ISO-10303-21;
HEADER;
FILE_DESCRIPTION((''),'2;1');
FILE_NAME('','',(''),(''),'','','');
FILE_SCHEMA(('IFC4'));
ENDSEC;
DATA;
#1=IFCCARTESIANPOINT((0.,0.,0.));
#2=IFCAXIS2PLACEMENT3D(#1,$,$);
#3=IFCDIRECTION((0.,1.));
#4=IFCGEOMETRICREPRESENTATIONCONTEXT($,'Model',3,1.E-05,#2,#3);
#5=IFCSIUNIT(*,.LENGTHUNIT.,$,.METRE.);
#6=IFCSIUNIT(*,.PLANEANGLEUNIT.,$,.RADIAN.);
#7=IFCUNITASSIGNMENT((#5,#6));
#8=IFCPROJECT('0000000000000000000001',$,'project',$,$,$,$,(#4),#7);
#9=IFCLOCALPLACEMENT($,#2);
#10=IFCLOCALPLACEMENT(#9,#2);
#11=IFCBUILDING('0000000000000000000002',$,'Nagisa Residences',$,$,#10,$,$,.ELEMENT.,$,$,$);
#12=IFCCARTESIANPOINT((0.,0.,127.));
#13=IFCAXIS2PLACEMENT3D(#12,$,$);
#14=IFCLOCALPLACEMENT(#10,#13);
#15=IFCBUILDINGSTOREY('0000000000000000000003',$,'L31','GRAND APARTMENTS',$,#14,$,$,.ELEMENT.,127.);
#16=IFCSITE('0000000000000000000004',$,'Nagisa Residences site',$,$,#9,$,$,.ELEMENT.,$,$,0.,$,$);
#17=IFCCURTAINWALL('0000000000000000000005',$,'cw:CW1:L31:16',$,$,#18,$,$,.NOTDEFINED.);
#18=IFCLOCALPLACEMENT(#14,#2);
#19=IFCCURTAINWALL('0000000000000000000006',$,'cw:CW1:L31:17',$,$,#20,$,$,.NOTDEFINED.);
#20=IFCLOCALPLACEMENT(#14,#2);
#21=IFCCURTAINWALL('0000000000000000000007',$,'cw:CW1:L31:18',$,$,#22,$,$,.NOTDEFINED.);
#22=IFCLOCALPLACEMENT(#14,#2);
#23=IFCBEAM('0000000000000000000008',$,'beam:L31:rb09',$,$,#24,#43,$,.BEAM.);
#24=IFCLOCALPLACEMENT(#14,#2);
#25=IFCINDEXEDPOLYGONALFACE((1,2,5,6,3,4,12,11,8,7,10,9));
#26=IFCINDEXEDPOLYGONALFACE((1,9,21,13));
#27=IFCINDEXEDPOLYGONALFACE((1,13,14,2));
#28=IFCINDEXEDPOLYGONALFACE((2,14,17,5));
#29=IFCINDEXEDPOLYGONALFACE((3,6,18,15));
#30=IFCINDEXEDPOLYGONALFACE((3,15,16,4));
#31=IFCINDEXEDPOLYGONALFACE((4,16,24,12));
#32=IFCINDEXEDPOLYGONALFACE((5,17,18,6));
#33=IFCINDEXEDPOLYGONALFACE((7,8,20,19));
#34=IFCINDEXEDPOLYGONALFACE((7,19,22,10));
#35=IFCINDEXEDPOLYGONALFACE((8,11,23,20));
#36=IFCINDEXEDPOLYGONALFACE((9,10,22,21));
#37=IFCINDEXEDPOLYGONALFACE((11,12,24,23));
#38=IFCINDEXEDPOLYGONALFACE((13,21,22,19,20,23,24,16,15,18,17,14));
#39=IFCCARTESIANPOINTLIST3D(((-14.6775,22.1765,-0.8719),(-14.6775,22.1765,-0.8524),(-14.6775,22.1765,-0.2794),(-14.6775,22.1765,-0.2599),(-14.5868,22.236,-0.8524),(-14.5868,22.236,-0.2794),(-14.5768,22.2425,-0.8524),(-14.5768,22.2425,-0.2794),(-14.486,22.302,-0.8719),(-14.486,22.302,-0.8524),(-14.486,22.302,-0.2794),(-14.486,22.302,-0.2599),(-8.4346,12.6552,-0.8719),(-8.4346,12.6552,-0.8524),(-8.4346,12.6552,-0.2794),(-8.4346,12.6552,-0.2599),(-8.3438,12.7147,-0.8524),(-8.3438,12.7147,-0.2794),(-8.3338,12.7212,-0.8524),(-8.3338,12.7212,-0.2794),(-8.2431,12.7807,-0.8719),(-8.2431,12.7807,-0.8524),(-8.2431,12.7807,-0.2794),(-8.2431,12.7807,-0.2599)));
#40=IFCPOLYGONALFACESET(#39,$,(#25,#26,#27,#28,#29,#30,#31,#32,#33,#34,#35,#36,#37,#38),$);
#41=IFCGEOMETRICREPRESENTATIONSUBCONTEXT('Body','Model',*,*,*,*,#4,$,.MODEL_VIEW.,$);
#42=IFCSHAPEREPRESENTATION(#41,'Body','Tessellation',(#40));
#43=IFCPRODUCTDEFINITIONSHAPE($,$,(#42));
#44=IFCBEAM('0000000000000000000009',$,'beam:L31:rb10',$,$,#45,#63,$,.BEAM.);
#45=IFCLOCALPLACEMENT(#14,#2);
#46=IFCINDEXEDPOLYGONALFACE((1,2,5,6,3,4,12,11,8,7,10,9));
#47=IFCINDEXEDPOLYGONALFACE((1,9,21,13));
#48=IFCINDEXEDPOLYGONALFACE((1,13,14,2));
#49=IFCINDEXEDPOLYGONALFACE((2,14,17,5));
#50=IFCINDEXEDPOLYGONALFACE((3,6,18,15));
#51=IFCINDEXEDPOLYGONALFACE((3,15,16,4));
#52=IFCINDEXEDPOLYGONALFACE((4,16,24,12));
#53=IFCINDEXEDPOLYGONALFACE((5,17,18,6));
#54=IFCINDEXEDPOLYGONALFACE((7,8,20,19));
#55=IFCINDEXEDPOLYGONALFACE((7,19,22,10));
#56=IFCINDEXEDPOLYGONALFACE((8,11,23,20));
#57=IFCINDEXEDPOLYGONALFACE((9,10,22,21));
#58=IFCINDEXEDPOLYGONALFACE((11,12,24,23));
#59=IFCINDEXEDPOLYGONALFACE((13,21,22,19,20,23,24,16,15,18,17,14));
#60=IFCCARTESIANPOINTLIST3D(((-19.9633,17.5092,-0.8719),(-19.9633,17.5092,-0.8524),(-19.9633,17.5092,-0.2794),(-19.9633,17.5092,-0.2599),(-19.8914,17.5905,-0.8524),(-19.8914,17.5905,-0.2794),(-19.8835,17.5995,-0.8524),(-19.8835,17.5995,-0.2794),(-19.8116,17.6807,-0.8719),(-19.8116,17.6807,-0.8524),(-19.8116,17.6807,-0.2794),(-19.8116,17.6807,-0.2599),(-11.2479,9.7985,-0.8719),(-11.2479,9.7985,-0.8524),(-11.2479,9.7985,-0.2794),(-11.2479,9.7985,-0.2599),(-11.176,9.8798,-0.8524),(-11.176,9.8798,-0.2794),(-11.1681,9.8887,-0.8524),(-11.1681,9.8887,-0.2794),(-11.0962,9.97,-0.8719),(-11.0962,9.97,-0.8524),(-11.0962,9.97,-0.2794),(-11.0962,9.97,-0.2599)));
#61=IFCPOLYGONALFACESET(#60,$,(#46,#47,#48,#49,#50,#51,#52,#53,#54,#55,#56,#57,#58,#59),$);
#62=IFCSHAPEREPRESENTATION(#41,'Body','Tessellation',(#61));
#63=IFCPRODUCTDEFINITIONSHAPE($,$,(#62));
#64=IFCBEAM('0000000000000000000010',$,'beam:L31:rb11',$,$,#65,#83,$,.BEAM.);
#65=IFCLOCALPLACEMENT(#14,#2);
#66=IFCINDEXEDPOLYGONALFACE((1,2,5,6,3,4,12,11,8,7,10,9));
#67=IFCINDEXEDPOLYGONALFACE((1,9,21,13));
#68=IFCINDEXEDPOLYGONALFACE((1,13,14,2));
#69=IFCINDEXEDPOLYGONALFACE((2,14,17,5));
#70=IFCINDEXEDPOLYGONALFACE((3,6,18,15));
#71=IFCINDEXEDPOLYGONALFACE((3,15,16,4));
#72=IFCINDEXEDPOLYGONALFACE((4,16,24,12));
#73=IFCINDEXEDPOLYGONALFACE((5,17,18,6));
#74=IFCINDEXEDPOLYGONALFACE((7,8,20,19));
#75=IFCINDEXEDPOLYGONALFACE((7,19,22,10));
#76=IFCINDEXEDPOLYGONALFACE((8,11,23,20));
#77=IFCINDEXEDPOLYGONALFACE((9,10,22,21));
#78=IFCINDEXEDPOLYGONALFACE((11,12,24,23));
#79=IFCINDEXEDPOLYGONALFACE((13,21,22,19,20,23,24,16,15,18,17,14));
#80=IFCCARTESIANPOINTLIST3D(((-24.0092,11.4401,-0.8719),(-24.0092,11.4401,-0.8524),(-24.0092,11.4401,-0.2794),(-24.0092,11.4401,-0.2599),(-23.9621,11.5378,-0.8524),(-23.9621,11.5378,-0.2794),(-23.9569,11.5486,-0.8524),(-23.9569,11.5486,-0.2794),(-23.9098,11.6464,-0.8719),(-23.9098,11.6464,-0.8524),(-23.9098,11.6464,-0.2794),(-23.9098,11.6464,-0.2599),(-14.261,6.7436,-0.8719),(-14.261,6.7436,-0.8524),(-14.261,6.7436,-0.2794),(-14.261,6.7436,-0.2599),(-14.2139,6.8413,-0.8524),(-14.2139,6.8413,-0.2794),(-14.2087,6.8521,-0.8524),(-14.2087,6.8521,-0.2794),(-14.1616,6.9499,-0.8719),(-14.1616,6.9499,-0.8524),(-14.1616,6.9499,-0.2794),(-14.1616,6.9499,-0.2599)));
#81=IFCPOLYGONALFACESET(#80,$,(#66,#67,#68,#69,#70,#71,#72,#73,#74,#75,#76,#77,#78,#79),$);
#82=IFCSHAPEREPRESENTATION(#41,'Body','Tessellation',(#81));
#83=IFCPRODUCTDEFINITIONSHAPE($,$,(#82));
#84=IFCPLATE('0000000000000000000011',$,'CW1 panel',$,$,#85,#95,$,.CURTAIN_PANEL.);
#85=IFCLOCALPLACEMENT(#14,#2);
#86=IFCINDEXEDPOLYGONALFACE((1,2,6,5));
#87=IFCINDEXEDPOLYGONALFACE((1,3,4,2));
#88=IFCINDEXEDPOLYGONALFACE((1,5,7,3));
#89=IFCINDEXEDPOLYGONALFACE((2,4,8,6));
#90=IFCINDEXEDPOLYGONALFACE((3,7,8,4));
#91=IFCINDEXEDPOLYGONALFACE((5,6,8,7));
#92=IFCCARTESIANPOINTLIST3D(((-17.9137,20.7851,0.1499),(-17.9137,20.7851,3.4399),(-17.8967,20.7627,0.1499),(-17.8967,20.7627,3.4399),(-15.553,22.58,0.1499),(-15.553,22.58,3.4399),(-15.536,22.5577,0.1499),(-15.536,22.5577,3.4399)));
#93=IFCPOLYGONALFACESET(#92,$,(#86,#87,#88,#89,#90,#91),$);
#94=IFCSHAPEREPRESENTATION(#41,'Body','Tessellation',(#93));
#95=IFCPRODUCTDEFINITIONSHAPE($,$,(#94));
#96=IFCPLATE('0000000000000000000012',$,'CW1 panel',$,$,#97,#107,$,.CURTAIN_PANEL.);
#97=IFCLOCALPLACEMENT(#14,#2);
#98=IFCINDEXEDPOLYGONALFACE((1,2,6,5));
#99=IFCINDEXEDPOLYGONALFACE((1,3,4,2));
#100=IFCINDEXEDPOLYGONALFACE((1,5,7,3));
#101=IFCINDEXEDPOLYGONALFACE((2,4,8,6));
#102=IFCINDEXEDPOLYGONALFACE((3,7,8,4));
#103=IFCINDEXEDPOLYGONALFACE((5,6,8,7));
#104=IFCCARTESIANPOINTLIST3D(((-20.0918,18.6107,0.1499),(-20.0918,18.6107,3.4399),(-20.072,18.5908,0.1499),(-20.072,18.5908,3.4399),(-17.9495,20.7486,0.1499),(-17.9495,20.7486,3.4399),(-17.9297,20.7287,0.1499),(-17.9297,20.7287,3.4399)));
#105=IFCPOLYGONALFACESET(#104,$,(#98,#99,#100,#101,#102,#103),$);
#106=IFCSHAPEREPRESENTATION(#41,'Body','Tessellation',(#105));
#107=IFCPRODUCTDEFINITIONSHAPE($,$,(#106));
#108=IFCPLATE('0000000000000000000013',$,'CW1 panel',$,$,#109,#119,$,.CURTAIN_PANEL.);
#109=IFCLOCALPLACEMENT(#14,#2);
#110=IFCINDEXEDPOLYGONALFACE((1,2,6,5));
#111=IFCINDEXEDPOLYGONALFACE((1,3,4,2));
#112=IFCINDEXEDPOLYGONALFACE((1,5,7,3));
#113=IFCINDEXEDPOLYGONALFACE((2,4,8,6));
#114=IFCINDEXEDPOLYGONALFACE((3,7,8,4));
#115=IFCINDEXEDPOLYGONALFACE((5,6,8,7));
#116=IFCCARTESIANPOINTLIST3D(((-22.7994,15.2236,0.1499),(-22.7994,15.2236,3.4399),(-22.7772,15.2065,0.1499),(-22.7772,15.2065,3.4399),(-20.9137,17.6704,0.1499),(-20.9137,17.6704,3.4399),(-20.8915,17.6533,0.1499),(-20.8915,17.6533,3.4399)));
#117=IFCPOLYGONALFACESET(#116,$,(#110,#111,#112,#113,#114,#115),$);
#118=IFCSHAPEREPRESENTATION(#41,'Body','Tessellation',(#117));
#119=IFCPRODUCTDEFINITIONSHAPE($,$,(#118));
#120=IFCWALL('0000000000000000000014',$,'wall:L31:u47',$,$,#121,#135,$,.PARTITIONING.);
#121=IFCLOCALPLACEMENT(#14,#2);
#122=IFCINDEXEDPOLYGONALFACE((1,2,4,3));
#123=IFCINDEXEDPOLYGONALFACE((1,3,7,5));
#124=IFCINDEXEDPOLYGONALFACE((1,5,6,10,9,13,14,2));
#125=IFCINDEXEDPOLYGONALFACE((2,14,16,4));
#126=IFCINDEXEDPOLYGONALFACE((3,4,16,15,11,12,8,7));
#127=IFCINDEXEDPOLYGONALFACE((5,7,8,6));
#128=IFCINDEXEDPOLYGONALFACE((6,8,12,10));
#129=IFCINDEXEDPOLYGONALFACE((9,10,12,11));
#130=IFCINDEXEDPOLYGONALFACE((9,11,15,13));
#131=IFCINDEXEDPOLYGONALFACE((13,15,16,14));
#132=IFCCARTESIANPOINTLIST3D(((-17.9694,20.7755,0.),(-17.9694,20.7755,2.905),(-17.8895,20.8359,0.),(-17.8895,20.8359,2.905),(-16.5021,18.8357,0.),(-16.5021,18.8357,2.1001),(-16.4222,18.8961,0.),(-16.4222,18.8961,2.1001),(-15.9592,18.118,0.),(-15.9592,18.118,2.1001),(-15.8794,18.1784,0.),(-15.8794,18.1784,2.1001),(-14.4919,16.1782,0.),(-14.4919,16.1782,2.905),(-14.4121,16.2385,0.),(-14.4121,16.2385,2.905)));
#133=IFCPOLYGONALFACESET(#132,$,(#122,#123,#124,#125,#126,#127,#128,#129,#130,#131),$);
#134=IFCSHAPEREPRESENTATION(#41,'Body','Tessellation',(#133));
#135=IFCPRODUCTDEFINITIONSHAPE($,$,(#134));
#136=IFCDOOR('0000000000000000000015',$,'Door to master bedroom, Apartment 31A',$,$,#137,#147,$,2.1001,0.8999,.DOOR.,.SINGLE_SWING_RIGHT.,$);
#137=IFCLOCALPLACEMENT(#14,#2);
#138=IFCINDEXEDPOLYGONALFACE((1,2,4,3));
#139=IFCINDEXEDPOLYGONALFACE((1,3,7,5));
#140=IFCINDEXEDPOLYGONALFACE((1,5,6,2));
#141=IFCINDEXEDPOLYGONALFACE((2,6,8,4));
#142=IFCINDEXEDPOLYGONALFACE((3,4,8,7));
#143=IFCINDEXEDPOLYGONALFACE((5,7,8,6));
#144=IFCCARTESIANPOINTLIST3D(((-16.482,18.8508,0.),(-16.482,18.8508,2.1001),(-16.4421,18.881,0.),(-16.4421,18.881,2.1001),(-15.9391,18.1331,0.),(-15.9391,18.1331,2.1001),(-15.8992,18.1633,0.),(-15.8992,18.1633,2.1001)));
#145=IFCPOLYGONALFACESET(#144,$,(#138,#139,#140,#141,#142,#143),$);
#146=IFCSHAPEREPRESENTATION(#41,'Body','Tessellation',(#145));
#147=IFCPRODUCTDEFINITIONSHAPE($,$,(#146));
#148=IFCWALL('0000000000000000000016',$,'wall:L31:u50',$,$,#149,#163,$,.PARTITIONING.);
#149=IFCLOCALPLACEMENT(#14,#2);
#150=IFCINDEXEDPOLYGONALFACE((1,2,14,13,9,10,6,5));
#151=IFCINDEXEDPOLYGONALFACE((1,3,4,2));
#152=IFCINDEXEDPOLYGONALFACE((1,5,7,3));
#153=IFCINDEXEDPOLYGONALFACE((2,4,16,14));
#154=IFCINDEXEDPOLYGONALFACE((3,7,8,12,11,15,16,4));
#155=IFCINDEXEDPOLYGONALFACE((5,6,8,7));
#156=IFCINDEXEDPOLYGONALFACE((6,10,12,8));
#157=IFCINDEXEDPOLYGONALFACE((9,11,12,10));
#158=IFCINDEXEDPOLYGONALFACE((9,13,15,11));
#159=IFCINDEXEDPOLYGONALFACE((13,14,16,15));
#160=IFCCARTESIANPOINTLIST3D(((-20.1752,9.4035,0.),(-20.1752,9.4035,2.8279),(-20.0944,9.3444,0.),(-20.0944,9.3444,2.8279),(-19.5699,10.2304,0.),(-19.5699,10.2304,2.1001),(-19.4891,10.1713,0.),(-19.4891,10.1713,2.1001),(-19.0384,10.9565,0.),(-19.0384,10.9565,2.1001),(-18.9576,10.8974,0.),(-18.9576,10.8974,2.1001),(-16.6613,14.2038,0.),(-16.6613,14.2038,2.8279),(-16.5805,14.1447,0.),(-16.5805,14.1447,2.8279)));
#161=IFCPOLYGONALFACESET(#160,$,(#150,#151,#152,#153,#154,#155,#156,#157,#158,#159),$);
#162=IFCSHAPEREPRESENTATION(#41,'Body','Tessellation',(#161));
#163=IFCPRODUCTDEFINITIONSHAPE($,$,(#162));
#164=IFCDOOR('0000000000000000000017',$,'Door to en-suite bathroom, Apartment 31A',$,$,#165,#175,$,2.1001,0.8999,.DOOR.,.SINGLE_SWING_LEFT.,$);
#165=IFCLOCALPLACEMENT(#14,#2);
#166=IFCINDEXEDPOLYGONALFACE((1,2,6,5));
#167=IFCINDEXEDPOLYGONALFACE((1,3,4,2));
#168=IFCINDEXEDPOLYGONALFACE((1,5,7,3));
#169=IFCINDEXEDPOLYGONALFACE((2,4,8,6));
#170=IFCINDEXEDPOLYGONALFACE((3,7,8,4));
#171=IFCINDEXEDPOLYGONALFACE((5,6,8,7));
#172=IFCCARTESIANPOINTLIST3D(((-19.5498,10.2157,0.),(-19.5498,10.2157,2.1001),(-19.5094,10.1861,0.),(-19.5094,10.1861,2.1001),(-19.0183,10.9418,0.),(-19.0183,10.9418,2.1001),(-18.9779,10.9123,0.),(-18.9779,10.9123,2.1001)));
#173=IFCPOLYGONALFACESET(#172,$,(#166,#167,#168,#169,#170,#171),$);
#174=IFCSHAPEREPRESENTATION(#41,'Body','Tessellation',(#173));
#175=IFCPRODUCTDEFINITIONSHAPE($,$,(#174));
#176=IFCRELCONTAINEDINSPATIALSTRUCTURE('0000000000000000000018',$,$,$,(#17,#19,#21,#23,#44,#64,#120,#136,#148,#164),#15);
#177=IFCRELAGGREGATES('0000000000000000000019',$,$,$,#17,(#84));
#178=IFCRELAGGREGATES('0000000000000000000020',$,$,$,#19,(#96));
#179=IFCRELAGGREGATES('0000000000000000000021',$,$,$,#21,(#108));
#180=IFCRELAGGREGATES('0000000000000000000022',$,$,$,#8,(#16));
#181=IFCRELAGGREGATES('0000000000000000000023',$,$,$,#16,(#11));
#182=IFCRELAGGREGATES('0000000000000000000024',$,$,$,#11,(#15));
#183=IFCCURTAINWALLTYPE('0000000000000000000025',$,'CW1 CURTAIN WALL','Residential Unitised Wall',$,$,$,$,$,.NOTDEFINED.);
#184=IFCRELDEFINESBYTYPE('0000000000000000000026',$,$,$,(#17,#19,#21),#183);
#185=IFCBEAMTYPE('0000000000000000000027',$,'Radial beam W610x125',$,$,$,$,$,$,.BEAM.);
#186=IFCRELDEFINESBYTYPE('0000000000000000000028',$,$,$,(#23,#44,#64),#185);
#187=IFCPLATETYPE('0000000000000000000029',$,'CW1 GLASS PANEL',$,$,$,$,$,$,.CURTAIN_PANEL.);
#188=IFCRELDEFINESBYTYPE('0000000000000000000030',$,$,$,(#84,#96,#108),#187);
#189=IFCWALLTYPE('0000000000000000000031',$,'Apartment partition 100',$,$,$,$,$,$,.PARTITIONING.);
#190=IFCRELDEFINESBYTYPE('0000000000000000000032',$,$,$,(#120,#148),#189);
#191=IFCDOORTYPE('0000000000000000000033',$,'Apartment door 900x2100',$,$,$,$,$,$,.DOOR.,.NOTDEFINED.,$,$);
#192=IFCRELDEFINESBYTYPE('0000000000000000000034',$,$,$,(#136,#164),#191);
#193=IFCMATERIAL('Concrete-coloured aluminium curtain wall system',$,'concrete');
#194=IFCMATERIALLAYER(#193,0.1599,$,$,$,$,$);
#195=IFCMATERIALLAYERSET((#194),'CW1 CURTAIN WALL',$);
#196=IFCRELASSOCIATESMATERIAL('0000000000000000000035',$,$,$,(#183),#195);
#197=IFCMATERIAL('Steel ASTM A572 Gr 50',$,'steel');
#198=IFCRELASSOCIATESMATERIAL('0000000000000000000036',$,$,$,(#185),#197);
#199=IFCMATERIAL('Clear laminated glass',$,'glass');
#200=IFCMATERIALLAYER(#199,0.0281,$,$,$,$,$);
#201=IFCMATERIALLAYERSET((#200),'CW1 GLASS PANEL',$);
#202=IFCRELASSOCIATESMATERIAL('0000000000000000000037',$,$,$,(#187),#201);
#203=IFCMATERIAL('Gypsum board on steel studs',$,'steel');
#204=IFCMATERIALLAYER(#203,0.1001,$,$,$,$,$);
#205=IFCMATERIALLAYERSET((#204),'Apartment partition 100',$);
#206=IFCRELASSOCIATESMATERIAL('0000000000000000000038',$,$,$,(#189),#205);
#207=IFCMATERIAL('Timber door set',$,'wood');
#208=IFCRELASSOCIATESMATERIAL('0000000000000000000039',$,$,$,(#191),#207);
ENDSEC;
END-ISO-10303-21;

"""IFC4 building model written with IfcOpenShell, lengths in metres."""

from ifc_helpers import new_model, si_unit, direction, frame, frame_2d, origin, origin_2d, place, context, subcontext, project, spatial, rectangle, i_section, extrude, material, layer, layer_set, material_profile, profile_set, type_object, element, fill, aggregate, save


model = new_model("IFC4")

# Units and contexts
model_context = context("Model", 3, precision=1e-05, world=origin(), true_north=direction((0.0, 1.0)))
body_context = subcontext(model_context, "Body", "Model", "MODEL_VIEW")
ifc_project = project(units=[si_unit("LENGTHUNIT", "METRE"), si_unit("PLANEANGLEUNIT", "RADIAN")], contexts=[model_context])

# Site, building, storey
site_placement = place(None, origin())
site = spatial("IfcSite", under=ifc_project, at=site_placement, Name="Nagisa Residences site", CompositionType="ELEMENT", RefElevation=0.0)
building_placement = place(site_placement, origin())
building = spatial("IfcBuilding", under=site, at=building_placement, Name="Nagisa Residences", CompositionType="ELEMENT")
storey_placement = place(building_placement, frame((0.0, 0.0, 127.0)))
storey = spatial("IfcBuildingStorey", under=building, at=storey_placement, Name="L31", Description="GRAND APARTMENTS", CompositionType="ELEMENT", Elevation=127.0)

# Curtain walls
ifc_material_1 = material(Name="Concrete-coloured aluminium curtain wall system", Category="concrete")
ifc_layer_1 = layer(ifc_material_1, 0.1599)
ifc_layer_set_1 = layer_set([ifc_layer_1], Name="CW1 CURTAIN WALL")
curtain_wall_type = type_object("IfcCurtainWallType", Name="CW1 CURTAIN WALL", Description="Residential Unitised Wall", PredefinedType="NOTDEFINED", material=ifc_layer_set_1)
curtain_wall_1_placement = place(storey_placement, origin())
curtain_wall_1 = element("IfcCurtainWall", 1, at=curtain_wall_1_placement, inside=storey, type_object=curtain_wall_type, Name="cw:CW1:L31:16", PredefinedType="NOTDEFINED")
curtain_wall_2_placement = place(storey_placement, origin())
curtain_wall_2 = element("IfcCurtainWall", 2, at=curtain_wall_2_placement, inside=storey, type_object=curtain_wall_type, Name="cw:CW1:L31:17", PredefinedType="NOTDEFINED")
curtain_wall_3_placement = place(storey_placement, origin())
curtain_wall_3 = element("IfcCurtainWall", 3, at=curtain_wall_3_placement, inside=storey, type_object=curtain_wall_type, Name="cw:CW1:L31:18", PredefinedType="NOTDEFINED")

# Beams
ifc_material_2 = material(Name="Steel ASTM A572 Gr 50", Category="steel")
ifc_material_profile_1 = material_profile(ifc_material_2, i_section(OverallWidth=0.229, OverallDepth=0.6121, WebThickness=0.012, FlangeThickness=0.0195, at=origin_2d()), Name="W610x125")
ifc_profile_set_1 = profile_set([ifc_material_profile_1], Name="Steel ASTM A572 Gr 50")
beam_type_1 = type_object("IfcBeamType", Name="Radial beam W610x125", PredefinedType="BEAM", material=ifc_profile_set_1)
beam_1_placement = place(storey_placement, frame((-14.5818, 22.2393, -0.5659), z_axis=(0.548325, -0.836265, 0.0), x_axis=(0.836265, 0.548325, 0.0)))
element("IfcBeam", 4, at=beam_1_placement, inside=storey, type_object=beam_type_1, Name="beam:L31:rb09", PredefinedType="BEAM", context=body_context, shape_type="SweptSolid", body=[
    extrude(i_section(OverallWidth=0.229, OverallDepth=0.6121, WebThickness=0.012, FlangeThickness=0.0195, at=origin_2d()), origin(), (0.0, 0.0, 1.0), 11.3855),
])
beam_2_placement = place(storey_placement, frame((-19.8875, 17.595, -0.5659), z_axis=(0.748955, -0.662621, 0.0), x_axis=(0.662621, 0.748955, 0.0)))
element("IfcBeam", 5, at=beam_2_placement, inside=storey, type_object=beam_type_1, Name="beam:L31:rb10", PredefinedType="BEAM", context=body_context, shape_type="SweptSolid", body=[
    extrude(i_section(OverallWidth=0.229, OverallDepth=0.6121, WebThickness=0.012, FlangeThickness=0.0195, at=origin_2d()), origin(), (0.0, 0.0, 1.0), 11.6367),
])
beam_3_placement = place(storey_placement, frame((-23.9595, 11.5432, -0.5659), z_axis=(0.900896, -0.434034, 0.0), x_axis=(0.434034, 0.900896, 0.0)))
element("IfcBeam", 6, at=beam_3_placement, inside=storey, type_object=beam_type_1, Name="beam:L31:rb11", PredefinedType="BEAM", context=body_context, shape_type="SweptSolid", body=[
    extrude(i_section(OverallWidth=0.229, OverallDepth=0.6121, WebThickness=0.012, FlangeThickness=0.0195, at=origin_2d()), origin(), (0.0, 0.0, 1.0), 10.8206),
])

# Plates
ifc_material_3 = material(Name="Clear laminated glass", Category="glass")
ifc_layer_2 = layer(ifc_material_3, 0.0281)
ifc_layer_set_2 = layer_set([ifc_layer_2], Name="CW1 GLASS PANEL")
plate_type = type_object("IfcPlateType", Name="CW1 GLASS PANEL", PredefinedType="CURTAIN_PANEL", material=ifc_layer_set_2)
plate_1_placement = place(storey_placement, frame((-16.7249, 21.6714, 0.1499), z_axis=(0.0, 0.0, 1.0), x_axis=(-0.796031, -0.605255, 0.0)))
plate_1 = element("IfcPlate", 7, at=plate_1_placement, type_object=plate_type, Name="CW1 panel", PredefinedType="CURTAIN_PANEL", context=body_context, shape_type="SweptSolid", body=[
    extrude(rectangle(XDim=2.9656, YDim=0.0281, at=origin_2d()), origin(), (0.0, 0.0, 1.0), 3.29),
])
aggregate(curtain_wall_1, [plate_1])
plate_2_placement = place(storey_placement, frame((-19.0107, 19.6697, 0.1499), z_axis=(0.0, 0.0, 1.0), x_axis=(-0.707836, -0.706377, 0.0)))
plate_2 = element("IfcPlate", 8, at=plate_2_placement, type_object=plate_type, Name="CW1 panel", PredefinedType="CURTAIN_PANEL", context=body_context, shape_type="SweptSolid", body=[
    extrude(rectangle(XDim=3.0266, YDim=0.0281, at=origin_2d()), origin(), (0.0, 0.0, 1.0), 3.29),
])
aggregate(curtain_wall_2, [plate_2])
plate_3_placement = place(storey_placement, frame((-21.8455, 16.4385, 0.1499), z_axis=(0.0, 0.0, 1.0), x_axis=(-0.61043, -0.79207, 0.0)))
plate_3 = element("IfcPlate", 9, at=plate_3_placement, type_object=plate_type, Name="CW1 panel", PredefinedType="CURTAIN_PANEL", context=body_context, shape_type="SweptSolid", body=[
    extrude(rectangle(XDim=3.0891, YDim=0.0281, at=origin_2d()), origin(), (0.0, 0.0, 1.0), 3.29),
])
aggregate(curtain_wall_3, [plate_3])

# Walls, openings, doors
ifc_material_4 = material(Name="Gypsum board on steel studs", Category="steel")
ifc_layer_3 = layer(ifc_material_4, 0.1001)
ifc_layer_set_3 = layer_set([ifc_layer_3], Name="Apartment partition 100")
wall_type_1 = type_object("IfcWallType", Name="Apartment partition 100", PredefinedType="PARTITIONING", material=ifc_layer_set_3)
wall_1_placement = place(storey_placement, frame((-14.4519, 16.2083, 0.0), z_axis=(0.0, 0.0, 1.0), x_axis=(-0.603268, 0.797539, 0.0)))
wall_1 = element("IfcWall", 10, at=wall_1_placement, inside=storey, type_object=wall_type_1, Name="wall:L31:u47", PredefinedType="PARTITIONING", context=body_context, shape_type="SweptSolid", body=[
    extrude(rectangle(XDim=5.7644, YDim=0.1001, at=frame_2d((2.8823, 0.0))), origin(), (0.0, 0.0, 1.0), 2.905),
])
opening_1_placement = place(wall_1_placement, frame((2.4324, 0.0, 0.0)))
opening_1 = element("IfcOpeningElement", 11, at=opening_1_placement, cuts=wall_1, PredefinedType="OPENING", context=body_context, shape_type="SweptSolid", body=[
    extrude(rectangle(XDim=0.8999, YDim=2.1001, at=frame_2d((0.45, 1.05))), frame((0.0, 0.0601, 0.0), z_axis=(0.0, -1.0, 0.0), x_axis=(1.0, 0.0, 0.0)), (0.0, 0.0, 1.0), 0.1201),
])
ifc_material_5 = material(Name="Timber door set", Category="wood")
door_type_1 = type_object("IfcDoorType", Name="Apartment door 900x2100", OperationType="NOTDEFINED", PredefinedType="DOOR", material=ifc_material_5)
door_1_placement = place(opening_1_placement, origin())
door_1 = element("IfcDoor", 12, at=door_1_placement, inside=storey, type_object=door_type_1, Name="Door to master bedroom, Apartment 31A", OperationType="SINGLE_SWING_RIGHT", OverallHeight=2.1001, OverallWidth=0.8999, PredefinedType="DOOR", context=body_context, shape_type="SweptSolid", body=[
    extrude(rectangle(XDim=0.8999, YDim=2.1001, at=frame_2d((0.45, 1.05))), frame((0.0, 0.0249, 0.0), z_axis=(0.0, -1.0, 0.0), x_axis=(1.0, 0.0, 0.0)), (0.0, 0.0, 1.0), 0.05),
])
fill(opening_1, door_1)
wall_2_placement = place(storey_placement, frame((-16.6208, 14.1743, 0.0), z_axis=(0.0, 0.0, 1.0), x_axis=(-0.590675, -0.80691, 0.0)))
wall_2 = element("IfcWall", 13, at=wall_2_placement, inside=storey, type_object=wall_type_1, Name="wall:L31:u50", PredefinedType="PARTITIONING", context=body_context, shape_type="SweptSolid", body=[
    extrude(rectangle(XDim=5.949, YDim=0.1001, at=frame_2d((2.9746, 0.0))), origin(), (0.0, 0.0, 1.0), 2.8279),
])
opening_2_placement = place(wall_2_placement, frame((4.0244, 0.0, 0.0)))
opening_2 = element("IfcOpeningElement", 14, at=opening_2_placement, cuts=wall_2, PredefinedType="OPENING", context=body_context, shape_type="SweptSolid", body=[
    extrude(rectangle(XDim=0.8999, YDim=2.1001, at=frame_2d((0.45, 1.05))), frame((0.0, 0.0601, 0.0), z_axis=(0.0, -1.0, 0.0), x_axis=(1.0, 0.0, 0.0)), (0.0, 0.0, 1.0), 0.1201),
])
door_2_placement = place(opening_2_placement, origin())
door_2 = element("IfcDoor", 15, at=door_2_placement, inside=storey, type_object=door_type_1, Name="Door to en-suite bathroom, Apartment 31A", OperationType="SINGLE_SWING_LEFT", OverallHeight=2.1001, OverallWidth=0.8999, PredefinedType="DOOR", context=body_context, shape_type="SweptSolid", body=[
    extrude(rectangle(XDim=0.8999, YDim=2.1001, at=frame_2d((0.45, 1.05))), frame((0.0, 0.0249, 0.0), z_axis=(0.0, -1.0, 0.0), x_axis=(1.0, 0.0, 0.0)), (0.0, 0.0, 1.0), 0.05),
])
fill(opening_2, door_2)

save(model, "model.ifc")
